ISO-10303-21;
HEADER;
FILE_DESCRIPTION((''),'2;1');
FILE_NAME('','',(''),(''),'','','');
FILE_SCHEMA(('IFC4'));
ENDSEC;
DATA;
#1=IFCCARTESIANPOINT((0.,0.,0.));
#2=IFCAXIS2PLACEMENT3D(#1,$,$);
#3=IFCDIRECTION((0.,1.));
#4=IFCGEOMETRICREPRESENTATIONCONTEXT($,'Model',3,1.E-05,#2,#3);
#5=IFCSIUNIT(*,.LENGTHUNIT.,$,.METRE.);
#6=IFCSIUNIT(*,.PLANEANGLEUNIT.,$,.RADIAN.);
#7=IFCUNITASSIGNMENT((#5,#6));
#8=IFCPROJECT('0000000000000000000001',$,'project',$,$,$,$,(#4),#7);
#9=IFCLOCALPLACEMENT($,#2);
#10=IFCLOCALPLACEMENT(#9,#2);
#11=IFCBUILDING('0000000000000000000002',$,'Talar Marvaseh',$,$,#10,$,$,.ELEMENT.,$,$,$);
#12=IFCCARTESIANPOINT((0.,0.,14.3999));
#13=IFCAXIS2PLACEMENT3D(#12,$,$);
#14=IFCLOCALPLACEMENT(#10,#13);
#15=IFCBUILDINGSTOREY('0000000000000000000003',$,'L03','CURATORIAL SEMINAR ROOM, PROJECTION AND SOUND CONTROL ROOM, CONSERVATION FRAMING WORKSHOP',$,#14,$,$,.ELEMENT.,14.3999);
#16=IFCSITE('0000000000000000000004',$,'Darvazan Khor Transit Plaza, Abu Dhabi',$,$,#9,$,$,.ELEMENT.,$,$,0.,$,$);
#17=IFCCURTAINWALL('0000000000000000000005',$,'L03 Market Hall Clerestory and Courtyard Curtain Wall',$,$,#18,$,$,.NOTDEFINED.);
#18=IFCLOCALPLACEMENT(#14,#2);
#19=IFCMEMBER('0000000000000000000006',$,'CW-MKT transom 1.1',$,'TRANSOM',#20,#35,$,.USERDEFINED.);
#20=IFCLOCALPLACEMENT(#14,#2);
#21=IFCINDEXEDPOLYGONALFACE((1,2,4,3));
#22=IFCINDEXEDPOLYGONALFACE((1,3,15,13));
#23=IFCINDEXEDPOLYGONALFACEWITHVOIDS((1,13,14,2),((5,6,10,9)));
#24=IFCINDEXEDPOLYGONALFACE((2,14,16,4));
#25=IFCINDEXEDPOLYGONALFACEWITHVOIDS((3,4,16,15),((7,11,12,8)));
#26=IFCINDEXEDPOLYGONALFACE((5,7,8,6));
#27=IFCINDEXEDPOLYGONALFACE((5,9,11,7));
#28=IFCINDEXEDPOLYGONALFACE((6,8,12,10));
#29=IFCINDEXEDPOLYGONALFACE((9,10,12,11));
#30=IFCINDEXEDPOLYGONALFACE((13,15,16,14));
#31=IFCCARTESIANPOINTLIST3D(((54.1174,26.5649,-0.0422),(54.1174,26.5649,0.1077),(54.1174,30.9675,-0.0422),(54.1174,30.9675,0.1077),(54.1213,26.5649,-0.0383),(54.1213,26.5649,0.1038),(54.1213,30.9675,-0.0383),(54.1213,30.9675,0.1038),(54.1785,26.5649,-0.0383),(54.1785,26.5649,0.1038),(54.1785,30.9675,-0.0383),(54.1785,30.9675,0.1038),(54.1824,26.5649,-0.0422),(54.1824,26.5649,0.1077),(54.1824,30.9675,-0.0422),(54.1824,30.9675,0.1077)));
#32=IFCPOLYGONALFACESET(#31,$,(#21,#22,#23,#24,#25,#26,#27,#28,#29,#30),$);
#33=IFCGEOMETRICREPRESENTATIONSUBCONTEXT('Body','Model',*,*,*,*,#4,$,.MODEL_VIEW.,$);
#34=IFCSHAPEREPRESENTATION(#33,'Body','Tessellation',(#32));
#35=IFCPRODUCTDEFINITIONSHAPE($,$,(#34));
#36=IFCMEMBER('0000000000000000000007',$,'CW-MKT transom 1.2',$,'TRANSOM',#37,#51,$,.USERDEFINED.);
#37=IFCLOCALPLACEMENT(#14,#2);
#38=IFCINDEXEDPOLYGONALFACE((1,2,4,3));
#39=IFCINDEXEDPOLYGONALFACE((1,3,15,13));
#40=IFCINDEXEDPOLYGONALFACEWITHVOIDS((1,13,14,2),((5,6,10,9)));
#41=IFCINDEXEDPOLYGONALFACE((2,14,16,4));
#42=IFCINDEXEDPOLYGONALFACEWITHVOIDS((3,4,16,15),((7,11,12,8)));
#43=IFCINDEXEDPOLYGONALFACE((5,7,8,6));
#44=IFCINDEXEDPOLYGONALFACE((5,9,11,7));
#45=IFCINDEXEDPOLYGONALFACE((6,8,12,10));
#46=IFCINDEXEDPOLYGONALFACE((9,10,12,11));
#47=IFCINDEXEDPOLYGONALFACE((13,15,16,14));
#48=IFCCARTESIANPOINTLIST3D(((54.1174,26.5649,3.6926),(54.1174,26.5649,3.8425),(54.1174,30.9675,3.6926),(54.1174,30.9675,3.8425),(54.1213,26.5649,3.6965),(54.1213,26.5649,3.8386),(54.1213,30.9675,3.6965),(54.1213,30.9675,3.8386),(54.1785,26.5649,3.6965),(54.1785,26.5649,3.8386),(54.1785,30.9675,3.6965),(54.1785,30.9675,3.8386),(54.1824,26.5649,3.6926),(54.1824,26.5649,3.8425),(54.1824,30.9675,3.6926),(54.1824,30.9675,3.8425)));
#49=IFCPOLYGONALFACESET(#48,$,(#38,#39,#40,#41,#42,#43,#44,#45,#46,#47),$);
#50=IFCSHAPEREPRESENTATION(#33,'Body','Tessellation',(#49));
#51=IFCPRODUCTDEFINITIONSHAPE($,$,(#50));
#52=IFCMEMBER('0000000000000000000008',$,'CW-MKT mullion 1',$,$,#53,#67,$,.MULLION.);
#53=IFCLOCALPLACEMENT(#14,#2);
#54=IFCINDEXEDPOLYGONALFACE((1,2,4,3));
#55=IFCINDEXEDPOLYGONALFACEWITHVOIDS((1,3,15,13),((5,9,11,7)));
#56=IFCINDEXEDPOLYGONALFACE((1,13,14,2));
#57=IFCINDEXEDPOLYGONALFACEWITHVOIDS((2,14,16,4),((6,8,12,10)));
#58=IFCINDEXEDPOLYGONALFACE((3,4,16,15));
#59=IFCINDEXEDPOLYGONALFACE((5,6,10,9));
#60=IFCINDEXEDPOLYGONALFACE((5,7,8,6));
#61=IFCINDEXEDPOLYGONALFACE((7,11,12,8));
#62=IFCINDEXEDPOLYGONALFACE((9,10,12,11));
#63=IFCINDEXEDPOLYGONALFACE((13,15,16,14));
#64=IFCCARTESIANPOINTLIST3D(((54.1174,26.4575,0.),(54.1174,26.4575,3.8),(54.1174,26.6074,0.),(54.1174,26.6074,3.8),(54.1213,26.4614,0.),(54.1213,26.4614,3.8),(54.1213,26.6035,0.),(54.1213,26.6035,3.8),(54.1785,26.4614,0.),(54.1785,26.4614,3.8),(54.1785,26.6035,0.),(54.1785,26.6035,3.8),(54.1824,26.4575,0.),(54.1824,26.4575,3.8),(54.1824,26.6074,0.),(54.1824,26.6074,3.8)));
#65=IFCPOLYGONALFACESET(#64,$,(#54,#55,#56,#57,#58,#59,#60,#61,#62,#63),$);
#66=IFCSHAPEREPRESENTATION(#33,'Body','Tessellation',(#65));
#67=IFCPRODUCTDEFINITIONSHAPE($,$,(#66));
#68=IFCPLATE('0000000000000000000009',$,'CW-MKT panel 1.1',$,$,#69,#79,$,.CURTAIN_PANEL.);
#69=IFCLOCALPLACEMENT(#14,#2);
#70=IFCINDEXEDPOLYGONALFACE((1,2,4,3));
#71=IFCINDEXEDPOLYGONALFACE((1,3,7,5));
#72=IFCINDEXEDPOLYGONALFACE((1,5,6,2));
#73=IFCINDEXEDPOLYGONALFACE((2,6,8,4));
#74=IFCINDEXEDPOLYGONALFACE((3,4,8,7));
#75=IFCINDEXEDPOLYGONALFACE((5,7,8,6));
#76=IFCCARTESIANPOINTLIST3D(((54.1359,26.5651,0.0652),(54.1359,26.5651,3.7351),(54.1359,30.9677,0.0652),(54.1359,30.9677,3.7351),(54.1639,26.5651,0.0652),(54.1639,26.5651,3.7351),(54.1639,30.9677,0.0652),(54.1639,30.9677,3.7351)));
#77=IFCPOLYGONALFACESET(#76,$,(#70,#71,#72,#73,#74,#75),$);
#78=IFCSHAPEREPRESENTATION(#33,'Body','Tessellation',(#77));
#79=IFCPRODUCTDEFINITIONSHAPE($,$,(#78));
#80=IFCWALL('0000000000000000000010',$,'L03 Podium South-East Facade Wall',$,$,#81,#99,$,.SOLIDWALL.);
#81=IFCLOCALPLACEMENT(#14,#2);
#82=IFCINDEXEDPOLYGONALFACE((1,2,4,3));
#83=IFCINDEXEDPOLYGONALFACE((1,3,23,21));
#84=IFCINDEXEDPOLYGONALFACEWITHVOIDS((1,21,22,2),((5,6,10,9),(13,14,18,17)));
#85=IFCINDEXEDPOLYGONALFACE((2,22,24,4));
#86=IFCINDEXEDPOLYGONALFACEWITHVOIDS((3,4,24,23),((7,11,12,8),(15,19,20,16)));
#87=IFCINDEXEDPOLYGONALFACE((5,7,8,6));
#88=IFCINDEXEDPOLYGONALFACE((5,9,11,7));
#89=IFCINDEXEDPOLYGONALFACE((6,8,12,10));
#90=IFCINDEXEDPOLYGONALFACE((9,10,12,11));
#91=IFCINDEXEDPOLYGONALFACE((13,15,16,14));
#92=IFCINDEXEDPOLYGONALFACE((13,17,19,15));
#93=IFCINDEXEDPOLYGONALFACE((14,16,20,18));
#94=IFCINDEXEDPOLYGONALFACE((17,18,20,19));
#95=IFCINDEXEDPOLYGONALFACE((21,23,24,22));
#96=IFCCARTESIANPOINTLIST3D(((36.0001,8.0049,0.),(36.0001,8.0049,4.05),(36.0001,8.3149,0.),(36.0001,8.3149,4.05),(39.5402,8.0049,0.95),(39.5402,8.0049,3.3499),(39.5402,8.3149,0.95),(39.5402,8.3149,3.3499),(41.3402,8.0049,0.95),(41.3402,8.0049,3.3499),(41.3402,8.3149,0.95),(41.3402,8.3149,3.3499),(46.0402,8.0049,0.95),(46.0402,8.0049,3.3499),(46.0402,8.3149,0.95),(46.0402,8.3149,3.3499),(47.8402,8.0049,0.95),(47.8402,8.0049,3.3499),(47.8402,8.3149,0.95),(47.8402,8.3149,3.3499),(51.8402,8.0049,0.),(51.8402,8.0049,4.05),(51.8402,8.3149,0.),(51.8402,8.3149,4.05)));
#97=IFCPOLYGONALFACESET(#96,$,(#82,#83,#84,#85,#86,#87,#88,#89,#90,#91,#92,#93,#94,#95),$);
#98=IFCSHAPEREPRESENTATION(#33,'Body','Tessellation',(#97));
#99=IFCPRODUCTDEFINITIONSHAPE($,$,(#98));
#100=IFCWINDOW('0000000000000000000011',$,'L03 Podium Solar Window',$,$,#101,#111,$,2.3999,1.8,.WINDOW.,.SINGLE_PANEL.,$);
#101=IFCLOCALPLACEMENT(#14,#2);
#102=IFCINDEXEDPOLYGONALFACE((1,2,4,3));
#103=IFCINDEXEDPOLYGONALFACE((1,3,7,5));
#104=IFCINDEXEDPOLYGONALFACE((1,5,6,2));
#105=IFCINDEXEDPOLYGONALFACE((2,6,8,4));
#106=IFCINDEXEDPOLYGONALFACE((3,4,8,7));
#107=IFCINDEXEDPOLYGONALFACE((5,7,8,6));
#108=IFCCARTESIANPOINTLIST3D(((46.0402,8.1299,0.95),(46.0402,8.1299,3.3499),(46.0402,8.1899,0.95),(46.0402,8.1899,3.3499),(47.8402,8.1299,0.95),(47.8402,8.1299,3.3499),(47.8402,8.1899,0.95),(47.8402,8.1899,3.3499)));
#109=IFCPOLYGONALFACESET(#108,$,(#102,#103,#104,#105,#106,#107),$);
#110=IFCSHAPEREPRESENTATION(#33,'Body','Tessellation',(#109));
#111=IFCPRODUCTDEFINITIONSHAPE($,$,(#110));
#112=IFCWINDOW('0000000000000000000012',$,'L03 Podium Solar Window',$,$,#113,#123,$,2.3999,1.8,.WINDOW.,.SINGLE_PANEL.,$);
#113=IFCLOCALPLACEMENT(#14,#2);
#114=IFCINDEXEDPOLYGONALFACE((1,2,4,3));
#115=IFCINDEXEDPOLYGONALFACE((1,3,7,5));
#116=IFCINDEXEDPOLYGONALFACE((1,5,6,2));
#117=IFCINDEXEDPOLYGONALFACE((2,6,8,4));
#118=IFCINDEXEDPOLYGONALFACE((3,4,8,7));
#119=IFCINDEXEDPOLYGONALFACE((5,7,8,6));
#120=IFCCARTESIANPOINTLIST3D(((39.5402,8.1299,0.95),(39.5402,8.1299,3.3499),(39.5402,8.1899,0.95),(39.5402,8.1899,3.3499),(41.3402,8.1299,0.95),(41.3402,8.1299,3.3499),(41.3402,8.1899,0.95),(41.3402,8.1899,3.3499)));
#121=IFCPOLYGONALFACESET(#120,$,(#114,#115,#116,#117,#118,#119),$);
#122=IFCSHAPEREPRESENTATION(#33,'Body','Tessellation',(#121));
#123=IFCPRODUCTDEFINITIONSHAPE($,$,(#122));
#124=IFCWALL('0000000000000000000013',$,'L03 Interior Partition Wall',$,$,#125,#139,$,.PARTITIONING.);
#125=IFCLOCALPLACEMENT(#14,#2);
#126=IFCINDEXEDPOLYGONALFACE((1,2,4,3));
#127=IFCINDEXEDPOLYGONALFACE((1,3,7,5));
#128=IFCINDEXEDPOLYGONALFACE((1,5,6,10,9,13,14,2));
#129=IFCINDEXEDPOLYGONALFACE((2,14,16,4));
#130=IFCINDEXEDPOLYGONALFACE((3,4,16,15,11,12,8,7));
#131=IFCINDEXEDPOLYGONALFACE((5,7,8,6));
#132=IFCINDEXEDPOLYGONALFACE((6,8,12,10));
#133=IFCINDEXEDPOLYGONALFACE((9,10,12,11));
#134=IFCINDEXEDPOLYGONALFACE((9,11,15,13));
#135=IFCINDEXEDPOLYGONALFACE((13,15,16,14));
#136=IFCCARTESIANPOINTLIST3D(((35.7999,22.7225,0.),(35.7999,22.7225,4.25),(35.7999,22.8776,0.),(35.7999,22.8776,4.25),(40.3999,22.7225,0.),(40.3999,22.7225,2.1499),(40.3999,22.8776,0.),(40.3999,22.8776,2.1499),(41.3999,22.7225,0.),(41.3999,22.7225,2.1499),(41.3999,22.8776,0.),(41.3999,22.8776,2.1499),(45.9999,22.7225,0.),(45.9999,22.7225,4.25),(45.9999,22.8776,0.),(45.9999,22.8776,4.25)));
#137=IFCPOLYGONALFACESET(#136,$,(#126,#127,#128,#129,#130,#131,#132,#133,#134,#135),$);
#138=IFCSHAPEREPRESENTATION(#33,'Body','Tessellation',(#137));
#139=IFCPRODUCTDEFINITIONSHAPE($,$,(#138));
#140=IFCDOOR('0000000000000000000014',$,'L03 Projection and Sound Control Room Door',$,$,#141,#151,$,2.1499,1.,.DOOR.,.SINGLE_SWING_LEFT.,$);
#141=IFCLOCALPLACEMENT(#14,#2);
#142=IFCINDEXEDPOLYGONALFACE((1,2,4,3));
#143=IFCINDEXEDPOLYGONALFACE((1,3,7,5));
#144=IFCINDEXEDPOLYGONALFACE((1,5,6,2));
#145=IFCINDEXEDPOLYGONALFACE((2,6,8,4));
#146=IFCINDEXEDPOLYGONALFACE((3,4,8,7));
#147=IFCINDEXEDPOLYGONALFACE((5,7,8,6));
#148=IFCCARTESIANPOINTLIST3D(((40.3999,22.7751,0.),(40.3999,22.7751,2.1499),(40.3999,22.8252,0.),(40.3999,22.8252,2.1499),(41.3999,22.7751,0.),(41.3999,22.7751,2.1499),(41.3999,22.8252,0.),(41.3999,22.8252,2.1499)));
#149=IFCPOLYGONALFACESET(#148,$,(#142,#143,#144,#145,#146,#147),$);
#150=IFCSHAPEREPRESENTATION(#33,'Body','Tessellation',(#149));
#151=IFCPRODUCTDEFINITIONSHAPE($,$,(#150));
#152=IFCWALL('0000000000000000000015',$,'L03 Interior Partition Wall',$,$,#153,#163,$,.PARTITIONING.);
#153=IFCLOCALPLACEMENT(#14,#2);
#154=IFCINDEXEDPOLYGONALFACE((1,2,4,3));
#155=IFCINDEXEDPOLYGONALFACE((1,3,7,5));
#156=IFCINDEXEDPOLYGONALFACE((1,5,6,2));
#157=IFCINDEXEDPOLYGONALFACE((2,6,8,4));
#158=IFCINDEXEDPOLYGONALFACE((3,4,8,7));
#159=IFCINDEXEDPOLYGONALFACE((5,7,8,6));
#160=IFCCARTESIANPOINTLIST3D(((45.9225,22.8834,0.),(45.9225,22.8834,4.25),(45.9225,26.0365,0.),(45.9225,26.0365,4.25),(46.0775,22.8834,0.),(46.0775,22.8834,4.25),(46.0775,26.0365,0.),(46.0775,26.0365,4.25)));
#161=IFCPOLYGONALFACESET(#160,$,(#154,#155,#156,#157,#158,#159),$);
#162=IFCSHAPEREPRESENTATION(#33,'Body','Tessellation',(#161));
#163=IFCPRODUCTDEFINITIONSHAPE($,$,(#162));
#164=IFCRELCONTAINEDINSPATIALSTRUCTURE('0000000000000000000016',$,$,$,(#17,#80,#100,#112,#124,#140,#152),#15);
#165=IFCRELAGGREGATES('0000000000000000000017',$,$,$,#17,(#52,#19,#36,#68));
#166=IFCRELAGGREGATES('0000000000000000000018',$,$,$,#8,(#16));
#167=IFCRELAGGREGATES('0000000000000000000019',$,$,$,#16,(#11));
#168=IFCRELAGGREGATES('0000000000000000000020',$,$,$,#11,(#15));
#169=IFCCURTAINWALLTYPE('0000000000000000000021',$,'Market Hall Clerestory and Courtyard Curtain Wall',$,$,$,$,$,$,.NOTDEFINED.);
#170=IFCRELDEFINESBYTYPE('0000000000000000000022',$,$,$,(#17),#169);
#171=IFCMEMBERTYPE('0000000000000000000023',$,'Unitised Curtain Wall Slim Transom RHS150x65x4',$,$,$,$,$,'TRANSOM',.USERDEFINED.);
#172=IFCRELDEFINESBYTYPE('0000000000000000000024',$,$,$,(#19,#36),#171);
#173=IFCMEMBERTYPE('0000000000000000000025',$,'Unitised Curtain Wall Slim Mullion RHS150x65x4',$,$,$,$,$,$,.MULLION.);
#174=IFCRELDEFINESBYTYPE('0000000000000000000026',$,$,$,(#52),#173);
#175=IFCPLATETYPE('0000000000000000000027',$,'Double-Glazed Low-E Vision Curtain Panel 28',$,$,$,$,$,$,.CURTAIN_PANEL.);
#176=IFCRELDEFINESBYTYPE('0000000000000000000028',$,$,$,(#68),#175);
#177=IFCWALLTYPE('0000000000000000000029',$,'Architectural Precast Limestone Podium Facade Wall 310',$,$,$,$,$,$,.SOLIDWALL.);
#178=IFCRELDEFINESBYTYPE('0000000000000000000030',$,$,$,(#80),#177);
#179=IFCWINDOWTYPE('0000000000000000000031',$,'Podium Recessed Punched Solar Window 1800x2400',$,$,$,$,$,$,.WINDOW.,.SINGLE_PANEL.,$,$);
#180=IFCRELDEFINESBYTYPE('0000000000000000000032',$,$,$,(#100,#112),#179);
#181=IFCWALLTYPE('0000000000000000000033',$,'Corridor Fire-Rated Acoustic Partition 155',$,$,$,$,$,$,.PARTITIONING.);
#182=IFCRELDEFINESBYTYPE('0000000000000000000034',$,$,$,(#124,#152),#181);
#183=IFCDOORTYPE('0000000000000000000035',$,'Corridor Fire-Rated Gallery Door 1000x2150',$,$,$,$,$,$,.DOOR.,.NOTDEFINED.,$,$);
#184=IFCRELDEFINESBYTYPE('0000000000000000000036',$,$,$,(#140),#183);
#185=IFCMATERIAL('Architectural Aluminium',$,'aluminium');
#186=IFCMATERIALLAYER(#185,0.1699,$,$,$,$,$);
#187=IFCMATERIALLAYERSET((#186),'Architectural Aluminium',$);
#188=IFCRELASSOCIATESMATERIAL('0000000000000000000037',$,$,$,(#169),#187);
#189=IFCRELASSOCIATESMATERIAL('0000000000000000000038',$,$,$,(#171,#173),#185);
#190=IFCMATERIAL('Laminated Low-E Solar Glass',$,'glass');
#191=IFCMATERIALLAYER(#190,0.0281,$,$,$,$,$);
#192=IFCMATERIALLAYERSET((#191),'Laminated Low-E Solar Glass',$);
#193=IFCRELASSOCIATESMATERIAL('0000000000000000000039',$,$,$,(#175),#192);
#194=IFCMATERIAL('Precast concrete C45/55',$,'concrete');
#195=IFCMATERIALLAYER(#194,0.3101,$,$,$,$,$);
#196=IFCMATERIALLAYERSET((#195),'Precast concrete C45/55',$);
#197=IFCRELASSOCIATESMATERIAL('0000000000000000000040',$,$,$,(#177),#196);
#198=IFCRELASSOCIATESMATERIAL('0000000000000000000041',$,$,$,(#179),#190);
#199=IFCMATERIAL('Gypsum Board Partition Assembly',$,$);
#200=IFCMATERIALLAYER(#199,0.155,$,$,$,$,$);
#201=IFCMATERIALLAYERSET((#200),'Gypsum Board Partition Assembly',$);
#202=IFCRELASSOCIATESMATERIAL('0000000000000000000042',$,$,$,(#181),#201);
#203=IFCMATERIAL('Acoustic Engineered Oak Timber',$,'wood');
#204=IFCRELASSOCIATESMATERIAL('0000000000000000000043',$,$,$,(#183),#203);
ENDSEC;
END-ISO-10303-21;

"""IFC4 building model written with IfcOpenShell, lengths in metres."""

from ifc_helpers import new_model, si_unit, direction, frame, frame_2d, origin, origin_2d, place, context, subcontext, project, spatial, rectangle, hollow_rectangle, extrude, source, transform, mapped, material, layer, layer_set, material_profile, profile_set, type_object, type_shapes, element, fill, aggregate, save


model = new_model("IFC4")

# Units and contexts
model_context = context("Model", 3, precision=1e-05, world=origin(), true_north=direction((0.0, 1.0)))
body_context = subcontext(model_context, "Body", "Model", "MODEL_VIEW")
ifc_project = project(units=[si_unit("LENGTHUNIT", "METRE"), si_unit("PLANEANGLEUNIT", "RADIAN")], contexts=[model_context])

# Site, building, storey
site_placement = place(None, origin())
site = spatial("IfcSite", under=ifc_project, at=site_placement, Name="Darvazan Khor Transit Plaza, Abu Dhabi", CompositionType="ELEMENT", RefElevation=0.0)
building_placement = place(site_placement, origin())
building = spatial("IfcBuilding", under=site, at=building_placement, Name="Talar Marvaseh", CompositionType="ELEMENT")
storey_placement = place(building_placement, frame((0.0, 0.0, 14.3999)))
storey = spatial("IfcBuildingStorey", under=building, at=storey_placement, Name="L03", Description="CURATORIAL SEMINAR ROOM, PROJECTION AND SOUND CONTROL ROOM, CONSERVATION FRAMING WORKSHOP", CompositionType="ELEMENT", Elevation=14.3999)

# Curtain wall, members, plate
ifc_material_1 = material(Name="Architectural Aluminium", Category="aluminium")
ifc_layer_1 = layer(ifc_material_1, 0.1699)
ifc_layer_set_1 = layer_set([ifc_layer_1], Name="Architectural Aluminium")
curtain_wall_type = type_object("IfcCurtainWallType", Name="Market Hall Clerestory and Courtyard Curtain Wall", PredefinedType="NOTDEFINED", material=ifc_layer_set_1)
curtain_wall_placement = place(storey_placement, origin())
curtain_wall = element("IfcCurtainWall", 1, at=curtain_wall_placement, inside=storey, type_object=curtain_wall_type, Name="L03 Market Hall Clerestory and Courtyard Curtain Wall", PredefinedType="NOTDEFINED")
ifc_material_profile_1 = material_profile(ifc_material_1, hollow_rectangle(XDim=0.0649, YDim=0.1499, WallThickness=0.0039, at=origin_2d()), Name="RHS150x65x4")
ifc_profile_set_1 = profile_set([ifc_material_profile_1], Name="Architectural Aluminium")
member_type_1 = type_object("IfcMemberType", Name="Unitised Curtain Wall Slim Transom RHS150x65x4", ElementType="TRANSOM", PredefinedType="USERDEFINED", material=ifc_profile_set_1)
shared_shape_1 = source(origin(), body_context, "Body", "SweptSolid", [
    extrude(hollow_rectangle(XDim=0.0649, YDim=0.1499, WallThickness=0.0039, at=origin_2d()), origin(), (0.0, 0.0, 1.0), 4.4026),
])
type_shapes(member_type_1, [shared_shape_1])
member_1_placement = place(storey_placement, frame((54.1499, 26.5649, 0.0327), z_axis=(0.0, 1.0, 0.0), x_axis=(-1.0, 0.0, 0.0)))
member_1 = element("IfcMember", 2, at=member_1_placement, type_object=member_type_1, Name="CW-MKT transom 1.1", ObjectType="TRANSOM", PredefinedType="USERDEFINED", context=body_context, shape_type="MappedRepresentation", body=[
    mapped(shared_shape_1, transform((0.0, 0.0, 0.0), x_axis=(1.0, 0.0, 0.0), y_axis=(0.0, 1.0, 0.0), z_axis=(0.0, 0.0, 1.0), scale=1.0)),
])
member_2_placement = place(storey_placement, frame((54.1499, 26.5649, 3.7676), z_axis=(0.0, 1.0, 0.0), x_axis=(-1.0, 0.0, 0.0)))
member_2 = element("IfcMember", 3, at=member_2_placement, type_object=member_type_1, Name="CW-MKT transom 1.2", ObjectType="TRANSOM", PredefinedType="USERDEFINED", context=body_context, shape_type="MappedRepresentation", body=[
    mapped(shared_shape_1, transform((0.0, 0.0, 0.0), x_axis=(1.0, 0.0, 0.0), y_axis=(0.0, 1.0, 0.0), z_axis=(0.0, 0.0, 1.0), scale=1.0)),
])
ifc_material_profile_2 = material_profile(ifc_material_1, hollow_rectangle(XDim=0.0649, YDim=0.1499, WallThickness=0.0039, at=origin_2d()), Name="RHS150x65x4")
ifc_profile_set_2 = profile_set([ifc_material_profile_2], Name="Architectural Aluminium")
member_type_2 = type_object("IfcMemberType", Name="Unitised Curtain Wall Slim Mullion RHS150x65x4", PredefinedType="MULLION", material=ifc_profile_set_2)
shared_shape_2 = source(origin(), body_context, "Body", "SweptSolid", [
    extrude(hollow_rectangle(XDim=0.0649, YDim=0.1499, WallThickness=0.0039, at=origin_2d()), origin(), (0.0, 0.0, 1.0), 3.8),
])
type_shapes(member_type_2, [shared_shape_2])
member_3_placement = place(storey_placement, frame((54.1499, 26.5325, 0.0), z_axis=(0.0, 0.0, 1.0), x_axis=(-1.0, 0.0, 0.0)))
member_3 = element("IfcMember", 4, at=member_3_placement, type_object=member_type_2, Name="CW-MKT mullion 1", PredefinedType="MULLION", context=body_context, shape_type="MappedRepresentation", body=[
    mapped(shared_shape_2, transform((0.0, 0.0, 0.0), x_axis=(1.0, 0.0, 0.0), y_axis=(0.0, 1.0, 0.0), z_axis=(0.0, 0.0, 1.0), scale=1.0)),
])
ifc_material_2 = material(Name="Laminated Low-E Solar Glass", Category="glass")
ifc_layer_2 = layer(ifc_material_2, 0.0281)
ifc_layer_set_2 = layer_set([ifc_layer_2], Name="Laminated Low-E Solar Glass")
plate_type = type_object("IfcPlateType", Name="Double-Glazed Low-E Vision Curtain Panel 28", PredefinedType="CURTAIN_PANEL", material=ifc_layer_set_2)
shared_shape_3 = source(origin(), body_context, "Body", "SweptSolid", [
    extrude(rectangle(XDim=4.4026, YDim=0.0281, at=origin_2d()), origin(), (0.0, 0.0, 1.0), 3.6699),
])
type_shapes(plate_type, [shared_shape_3])
plate_placement = place(storey_placement, frame((54.1499, 28.7664, 0.0652), z_axis=(0.0, 0.0, 1.0), x_axis=(0.0, 1.0, 0.0)))
plate = element("IfcPlate", 5, at=plate_placement, type_object=plate_type, Name="CW-MKT panel 1.1", PredefinedType="CURTAIN_PANEL", context=body_context, shape_type="MappedRepresentation", body=[
    mapped(shared_shape_3, transform((0.0, 0.0, 0.0), x_axis=(1.0, 0.0, 0.0), y_axis=(0.0, 1.0, 0.0), z_axis=(0.0, 0.0, 1.0), scale=1.0)),
])
aggregate(curtain_wall, [member_3, member_1, member_2, plate])

# Wall, openings, windows
ifc_material_3 = material(Name="Precast concrete C45/55", Category="concrete")
ifc_layer_3 = layer(ifc_material_3, 0.3101)
ifc_layer_set_3 = layer_set([ifc_layer_3], Name="Precast concrete C45/55")
wall_type_1 = type_object("IfcWallType", Name="Architectural Precast Limestone Podium Facade Wall 310", PredefinedType="SOLIDWALL", material=ifc_layer_set_3)
wall_1_placement = place(storey_placement, frame((51.8401, 8.1599, 0.0), z_axis=(0.0, 0.0, 1.0), x_axis=(-1.0, 0.0, 0.0)))
wall_1 = element("IfcWall", 6, at=wall_1_placement, inside=storey, type_object=wall_type_1, Name="L03 Podium South-East Facade Wall", PredefinedType="SOLIDWALL", context=body_context, shape_type="SweptSolid", body=[
    extrude(rectangle(XDim=15.8401, YDim=0.3101, at=frame_2d((7.9199, 0.0))), origin(), (0.0, 0.0, 1.0), 4.05),
])
opening_1_placement = place(wall_1_placement, frame((4.0, 0.0, 0.95)))
opening_1 = element("IfcOpeningElement", 7, at=opening_1_placement, cuts=wall_1, PredefinedType="OPENING", context=body_context, shape_type="SweptSolid", body=[
    extrude(rectangle(XDim=1.8, YDim=2.3999, at=frame_2d((0.8999, 1.2))), frame((0.0, 0.165, 0.0), z_axis=(0.0, -1.0, 0.0), x_axis=(1.0, 0.0, 0.0)), (0.0, 0.0, 1.0), 0.3301),
])
opening_2_placement = place(wall_1_placement, frame((10.5, 0.0, 0.95)))
opening_2 = element("IfcOpeningElement", 8, at=opening_2_placement, cuts=wall_1, PredefinedType="OPENING", context=body_context, shape_type="SweptSolid", body=[
    extrude(rectangle(XDim=1.8, YDim=2.3999, at=frame_2d((0.8999, 1.2))), frame((0.0, 0.165, 0.0), z_axis=(0.0, -1.0, 0.0), x_axis=(1.0, 0.0, 0.0)), (0.0, 0.0, 1.0), 0.3301),
])
window_type = type_object("IfcWindowType", Name="Podium Recessed Punched Solar Window 1800x2400", PartitioningType="SINGLE_PANEL", PredefinedType="WINDOW", material=ifc_material_2)
shared_shape_4 = source(origin(), body_context, "Body", "SweptSolid", [
    extrude(rectangle(XDim=1.8, YDim=2.3999, at=frame_2d((0.8999, 1.2))), frame((0.0, 0.03, 0.0), z_axis=(0.0, -1.0, 0.0), x_axis=(1.0, 0.0, 0.0)), (0.0, 0.0, 1.0), 0.0601),
])
type_shapes(window_type, [shared_shape_4])
window_1_placement = place(opening_1_placement, origin())
window_1 = element("IfcWindow", 9, at=window_1_placement, inside=storey, type_object=window_type, Name="L03 Podium Solar Window", OverallHeight=2.3999, OverallWidth=1.8, PartitioningType="SINGLE_PANEL", PredefinedType="WINDOW", context=body_context, shape_type="MappedRepresentation", body=[
    mapped(shared_shape_4, transform((0.0, 0.0, 0.0), x_axis=(1.0, 0.0, 0.0), y_axis=(0.0, 1.0, 0.0), z_axis=(0.0, 0.0, 1.0), scale=1.0)),
])
fill(opening_1, window_1)
window_2_placement = place(opening_2_placement, origin())
window_2 = element("IfcWindow", 10, at=window_2_placement, inside=storey, type_object=window_type, Name="L03 Podium Solar Window", OverallHeight=2.3999, OverallWidth=1.8, PartitioningType="SINGLE_PANEL", PredefinedType="WINDOW", context=body_context, shape_type="MappedRepresentation", body=[
    mapped(shared_shape_4, transform((0.0, 0.0, 0.0), x_axis=(1.0, 0.0, 0.0), y_axis=(0.0, 1.0, 0.0), z_axis=(0.0, 0.0, 1.0), scale=1.0)),
])
fill(opening_2, window_2)

# Wall, opening, door
ifc_material_4 = material(Name="Gypsum Board Partition Assembly")
ifc_layer_4 = layer(ifc_material_4, 0.155)
ifc_layer_set_4 = layer_set([ifc_layer_4], Name="Gypsum Board Partition Assembly")
wall_type_2 = type_object("IfcWallType", Name="Corridor Fire-Rated Acoustic Partition 155", PredefinedType="PARTITIONING", material=ifc_layer_set_4)
wall_2_placement = place(storey_placement, frame((46.0, 22.8, 0.0), z_axis=(0.0, 0.0, 1.0), x_axis=(-1.0, 0.0, 0.0)))
wall_2 = element("IfcWall", 11, at=wall_2_placement, inside=storey, type_object=wall_type_2, Name="L03 Interior Partition Wall", PredefinedType="PARTITIONING", context=body_context, shape_type="SweptSolid", body=[
    extrude(rectangle(XDim=10.2, YDim=0.155, at=frame_2d((5.1001, 0.0))), origin(), (0.0, 0.0, 1.0), 4.25),
])
opening_3_placement = place(wall_2_placement, frame((4.6001, 0.0, 0.0)))
opening_3 = element("IfcOpeningElement", 12, at=opening_3_placement, cuts=wall_2, PredefinedType="OPENING", context=body_context, shape_type="SweptSolid", body=[
    extrude(rectangle(XDim=1.0, YDim=2.1499, at=frame_2d((0.5, 1.075))), frame((0.0, 0.0874, 0.0), z_axis=(0.0, -1.0, 0.0), x_axis=(1.0, 0.0, 0.0)), (0.0, 0.0, 1.0), 0.175),
])
ifc_material_5 = material(Name="Acoustic Engineered Oak Timber", Category="wood")
door_type = type_object("IfcDoorType", Name="Corridor Fire-Rated Gallery Door 1000x2150", OperationType="NOTDEFINED", PredefinedType="DOOR", material=ifc_material_5)
shared_shape_5 = source(origin(), body_context, "Body", "SweptSolid", [
    extrude(rectangle(XDim=1.0, YDim=2.1499, at=frame_2d((0.5, 1.075))), frame((0.0, 0.0249, 0.0), z_axis=(0.0, -1.0, 0.0), x_axis=(1.0, 0.0, 0.0)), (0.0, 0.0, 1.0), 0.05),
])
type_shapes(door_type, [shared_shape_5])
door_placement = place(opening_3_placement, origin())
door = element("IfcDoor", 13, at=door_placement, inside=storey, type_object=door_type, Name="L03 Projection and Sound Control Room Door", OperationType="SINGLE_SWING_LEFT", OverallHeight=2.1499, OverallWidth=1.0, PredefinedType="DOOR", context=body_context, shape_type="MappedRepresentation", body=[
    mapped(shared_shape_5, transform((0.0, 0.0, 0.0), x_axis=(1.0, 0.0, 0.0), y_axis=(0.0, 1.0, 0.0), z_axis=(0.0, 0.0, 1.0), scale=1.0)),
])
fill(opening_3, door)

# Wall
wall_3_placement = place(storey_placement, frame((46.0, 26.0366, 0.0), z_axis=(0.0, 0.0, 1.0), x_axis=(0.0, -1.0, 0.0)))
element("IfcWall", 14, at=wall_3_placement, inside=storey, type_object=wall_type_2, Name="L03 Interior Partition Wall", PredefinedType="PARTITIONING", context=body_context, shape_type="SweptSolid", body=[
    extrude(rectangle(XDim=3.1531, YDim=0.155, at=frame_2d((1.5767, 0.0))), origin(), (0.0, 0.0, 1.0), 4.25),
])

save(model, "model.ifc")
